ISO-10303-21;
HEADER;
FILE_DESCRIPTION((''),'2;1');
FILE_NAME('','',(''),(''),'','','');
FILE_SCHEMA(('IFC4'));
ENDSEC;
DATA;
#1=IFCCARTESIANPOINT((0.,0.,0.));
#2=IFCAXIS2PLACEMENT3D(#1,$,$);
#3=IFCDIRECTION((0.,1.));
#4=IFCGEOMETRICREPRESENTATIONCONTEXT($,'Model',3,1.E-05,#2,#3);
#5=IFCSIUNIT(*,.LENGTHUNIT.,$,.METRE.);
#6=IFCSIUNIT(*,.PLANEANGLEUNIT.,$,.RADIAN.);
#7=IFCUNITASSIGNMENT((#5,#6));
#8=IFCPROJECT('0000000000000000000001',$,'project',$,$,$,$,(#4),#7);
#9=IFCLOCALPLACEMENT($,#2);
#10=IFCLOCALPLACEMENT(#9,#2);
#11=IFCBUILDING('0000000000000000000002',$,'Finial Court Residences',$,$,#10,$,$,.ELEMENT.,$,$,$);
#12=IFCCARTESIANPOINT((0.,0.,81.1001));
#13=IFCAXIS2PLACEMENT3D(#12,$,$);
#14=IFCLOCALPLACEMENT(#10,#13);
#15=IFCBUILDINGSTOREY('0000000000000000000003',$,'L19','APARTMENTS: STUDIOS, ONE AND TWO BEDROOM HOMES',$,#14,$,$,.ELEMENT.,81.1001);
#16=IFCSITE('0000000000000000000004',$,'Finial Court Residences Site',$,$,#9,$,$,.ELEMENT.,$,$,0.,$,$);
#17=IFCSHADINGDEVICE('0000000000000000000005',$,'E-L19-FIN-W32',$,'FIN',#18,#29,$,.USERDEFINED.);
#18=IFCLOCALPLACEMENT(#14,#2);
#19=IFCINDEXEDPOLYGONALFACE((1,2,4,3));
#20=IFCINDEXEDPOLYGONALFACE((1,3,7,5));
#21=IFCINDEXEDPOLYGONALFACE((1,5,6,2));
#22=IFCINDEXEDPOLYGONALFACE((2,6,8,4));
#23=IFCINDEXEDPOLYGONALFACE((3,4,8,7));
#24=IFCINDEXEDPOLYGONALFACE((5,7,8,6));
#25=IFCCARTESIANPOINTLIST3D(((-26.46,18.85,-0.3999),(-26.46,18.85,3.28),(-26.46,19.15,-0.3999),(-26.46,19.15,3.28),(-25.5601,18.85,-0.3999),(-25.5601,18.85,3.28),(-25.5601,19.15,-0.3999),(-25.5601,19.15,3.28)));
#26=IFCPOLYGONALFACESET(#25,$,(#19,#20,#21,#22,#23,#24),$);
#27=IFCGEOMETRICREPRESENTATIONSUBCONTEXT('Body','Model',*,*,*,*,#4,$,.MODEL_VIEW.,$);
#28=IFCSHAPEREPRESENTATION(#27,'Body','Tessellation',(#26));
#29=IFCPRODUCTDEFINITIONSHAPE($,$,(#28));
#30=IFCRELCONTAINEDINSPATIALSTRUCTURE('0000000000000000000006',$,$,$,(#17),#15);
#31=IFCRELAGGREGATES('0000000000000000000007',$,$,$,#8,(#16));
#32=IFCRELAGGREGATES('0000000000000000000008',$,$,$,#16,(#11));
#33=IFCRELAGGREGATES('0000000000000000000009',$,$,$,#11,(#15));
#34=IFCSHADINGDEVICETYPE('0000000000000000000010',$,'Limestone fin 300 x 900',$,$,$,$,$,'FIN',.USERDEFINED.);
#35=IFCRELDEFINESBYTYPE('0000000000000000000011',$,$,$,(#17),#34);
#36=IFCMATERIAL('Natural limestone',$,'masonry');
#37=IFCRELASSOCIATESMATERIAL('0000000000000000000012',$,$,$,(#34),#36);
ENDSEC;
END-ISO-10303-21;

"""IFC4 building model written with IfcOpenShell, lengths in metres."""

from ifc_helpers import new_model, si_unit, direction, frame, origin, origin_2d, place, context, subcontext, project, spatial, rectangle, extrude, material, type_object, element, save


model = new_model("IFC4")

# Units and contexts
model_context = context("Model", 3, precision=1e-05, world=origin(), true_north=direction((0.0, 1.0)))
body_context = subcontext(model_context, "Body", "Model", "MODEL_VIEW")
ifc_project = project(units=[si_unit("LENGTHUNIT", "METRE"), si_unit("PLANEANGLEUNIT", "RADIAN")], contexts=[model_context])

# Site, building, storey
site_placement = place(None, origin())
site = spatial("IfcSite", under=ifc_project, at=site_placement, Name="Finial Court Residences Site", CompositionType="ELEMENT", RefElevation=0.0)
building_placement = place(site_placement, origin())
building = spatial("IfcBuilding", under=site, at=building_placement, Name="Finial Court Residences", CompositionType="ELEMENT")
storey_placement = place(building_placement, frame((0.0, 0.0, 81.1001)))
storey = spatial("IfcBuildingStorey", under=building, at=storey_placement, Name="L19", Description="APARTMENTS: STUDIOS, ONE AND TWO BEDROOM HOMES", CompositionType="ELEMENT", Elevation=81.1001)

# Shared definitions
ifc_material_1 = material(Name="Natural limestone", Category="masonry")

# Shading device
shading_device_type = type_object("IfcShadingDeviceType", Name="Limestone fin 300 x 900", ElementType="FIN", PredefinedType="USERDEFINED", material=ifc_material_1)
shading_device_1_placement = place(storey_placement, frame((-26.01, 19.0, -0.3999), z_axis=(0.0, 0.0, 1.0), x_axis=(1.0, 0.0, 0.0)))
element("IfcShadingDevice", 1, at=shading_device_1_placement, inside=storey, type_object=shading_device_type, Name="E-L19-FIN-W32", ObjectType="FIN", PredefinedType="USERDEFINED", context=body_context, shape_type="SweptSolid", body=[
    extrude(rectangle(XDim=0.8999, YDim=0.3, at=origin_2d()), origin(), (0.0, 0.0, 1.0), 3.6799),
])

save(model, "model.ifc")
